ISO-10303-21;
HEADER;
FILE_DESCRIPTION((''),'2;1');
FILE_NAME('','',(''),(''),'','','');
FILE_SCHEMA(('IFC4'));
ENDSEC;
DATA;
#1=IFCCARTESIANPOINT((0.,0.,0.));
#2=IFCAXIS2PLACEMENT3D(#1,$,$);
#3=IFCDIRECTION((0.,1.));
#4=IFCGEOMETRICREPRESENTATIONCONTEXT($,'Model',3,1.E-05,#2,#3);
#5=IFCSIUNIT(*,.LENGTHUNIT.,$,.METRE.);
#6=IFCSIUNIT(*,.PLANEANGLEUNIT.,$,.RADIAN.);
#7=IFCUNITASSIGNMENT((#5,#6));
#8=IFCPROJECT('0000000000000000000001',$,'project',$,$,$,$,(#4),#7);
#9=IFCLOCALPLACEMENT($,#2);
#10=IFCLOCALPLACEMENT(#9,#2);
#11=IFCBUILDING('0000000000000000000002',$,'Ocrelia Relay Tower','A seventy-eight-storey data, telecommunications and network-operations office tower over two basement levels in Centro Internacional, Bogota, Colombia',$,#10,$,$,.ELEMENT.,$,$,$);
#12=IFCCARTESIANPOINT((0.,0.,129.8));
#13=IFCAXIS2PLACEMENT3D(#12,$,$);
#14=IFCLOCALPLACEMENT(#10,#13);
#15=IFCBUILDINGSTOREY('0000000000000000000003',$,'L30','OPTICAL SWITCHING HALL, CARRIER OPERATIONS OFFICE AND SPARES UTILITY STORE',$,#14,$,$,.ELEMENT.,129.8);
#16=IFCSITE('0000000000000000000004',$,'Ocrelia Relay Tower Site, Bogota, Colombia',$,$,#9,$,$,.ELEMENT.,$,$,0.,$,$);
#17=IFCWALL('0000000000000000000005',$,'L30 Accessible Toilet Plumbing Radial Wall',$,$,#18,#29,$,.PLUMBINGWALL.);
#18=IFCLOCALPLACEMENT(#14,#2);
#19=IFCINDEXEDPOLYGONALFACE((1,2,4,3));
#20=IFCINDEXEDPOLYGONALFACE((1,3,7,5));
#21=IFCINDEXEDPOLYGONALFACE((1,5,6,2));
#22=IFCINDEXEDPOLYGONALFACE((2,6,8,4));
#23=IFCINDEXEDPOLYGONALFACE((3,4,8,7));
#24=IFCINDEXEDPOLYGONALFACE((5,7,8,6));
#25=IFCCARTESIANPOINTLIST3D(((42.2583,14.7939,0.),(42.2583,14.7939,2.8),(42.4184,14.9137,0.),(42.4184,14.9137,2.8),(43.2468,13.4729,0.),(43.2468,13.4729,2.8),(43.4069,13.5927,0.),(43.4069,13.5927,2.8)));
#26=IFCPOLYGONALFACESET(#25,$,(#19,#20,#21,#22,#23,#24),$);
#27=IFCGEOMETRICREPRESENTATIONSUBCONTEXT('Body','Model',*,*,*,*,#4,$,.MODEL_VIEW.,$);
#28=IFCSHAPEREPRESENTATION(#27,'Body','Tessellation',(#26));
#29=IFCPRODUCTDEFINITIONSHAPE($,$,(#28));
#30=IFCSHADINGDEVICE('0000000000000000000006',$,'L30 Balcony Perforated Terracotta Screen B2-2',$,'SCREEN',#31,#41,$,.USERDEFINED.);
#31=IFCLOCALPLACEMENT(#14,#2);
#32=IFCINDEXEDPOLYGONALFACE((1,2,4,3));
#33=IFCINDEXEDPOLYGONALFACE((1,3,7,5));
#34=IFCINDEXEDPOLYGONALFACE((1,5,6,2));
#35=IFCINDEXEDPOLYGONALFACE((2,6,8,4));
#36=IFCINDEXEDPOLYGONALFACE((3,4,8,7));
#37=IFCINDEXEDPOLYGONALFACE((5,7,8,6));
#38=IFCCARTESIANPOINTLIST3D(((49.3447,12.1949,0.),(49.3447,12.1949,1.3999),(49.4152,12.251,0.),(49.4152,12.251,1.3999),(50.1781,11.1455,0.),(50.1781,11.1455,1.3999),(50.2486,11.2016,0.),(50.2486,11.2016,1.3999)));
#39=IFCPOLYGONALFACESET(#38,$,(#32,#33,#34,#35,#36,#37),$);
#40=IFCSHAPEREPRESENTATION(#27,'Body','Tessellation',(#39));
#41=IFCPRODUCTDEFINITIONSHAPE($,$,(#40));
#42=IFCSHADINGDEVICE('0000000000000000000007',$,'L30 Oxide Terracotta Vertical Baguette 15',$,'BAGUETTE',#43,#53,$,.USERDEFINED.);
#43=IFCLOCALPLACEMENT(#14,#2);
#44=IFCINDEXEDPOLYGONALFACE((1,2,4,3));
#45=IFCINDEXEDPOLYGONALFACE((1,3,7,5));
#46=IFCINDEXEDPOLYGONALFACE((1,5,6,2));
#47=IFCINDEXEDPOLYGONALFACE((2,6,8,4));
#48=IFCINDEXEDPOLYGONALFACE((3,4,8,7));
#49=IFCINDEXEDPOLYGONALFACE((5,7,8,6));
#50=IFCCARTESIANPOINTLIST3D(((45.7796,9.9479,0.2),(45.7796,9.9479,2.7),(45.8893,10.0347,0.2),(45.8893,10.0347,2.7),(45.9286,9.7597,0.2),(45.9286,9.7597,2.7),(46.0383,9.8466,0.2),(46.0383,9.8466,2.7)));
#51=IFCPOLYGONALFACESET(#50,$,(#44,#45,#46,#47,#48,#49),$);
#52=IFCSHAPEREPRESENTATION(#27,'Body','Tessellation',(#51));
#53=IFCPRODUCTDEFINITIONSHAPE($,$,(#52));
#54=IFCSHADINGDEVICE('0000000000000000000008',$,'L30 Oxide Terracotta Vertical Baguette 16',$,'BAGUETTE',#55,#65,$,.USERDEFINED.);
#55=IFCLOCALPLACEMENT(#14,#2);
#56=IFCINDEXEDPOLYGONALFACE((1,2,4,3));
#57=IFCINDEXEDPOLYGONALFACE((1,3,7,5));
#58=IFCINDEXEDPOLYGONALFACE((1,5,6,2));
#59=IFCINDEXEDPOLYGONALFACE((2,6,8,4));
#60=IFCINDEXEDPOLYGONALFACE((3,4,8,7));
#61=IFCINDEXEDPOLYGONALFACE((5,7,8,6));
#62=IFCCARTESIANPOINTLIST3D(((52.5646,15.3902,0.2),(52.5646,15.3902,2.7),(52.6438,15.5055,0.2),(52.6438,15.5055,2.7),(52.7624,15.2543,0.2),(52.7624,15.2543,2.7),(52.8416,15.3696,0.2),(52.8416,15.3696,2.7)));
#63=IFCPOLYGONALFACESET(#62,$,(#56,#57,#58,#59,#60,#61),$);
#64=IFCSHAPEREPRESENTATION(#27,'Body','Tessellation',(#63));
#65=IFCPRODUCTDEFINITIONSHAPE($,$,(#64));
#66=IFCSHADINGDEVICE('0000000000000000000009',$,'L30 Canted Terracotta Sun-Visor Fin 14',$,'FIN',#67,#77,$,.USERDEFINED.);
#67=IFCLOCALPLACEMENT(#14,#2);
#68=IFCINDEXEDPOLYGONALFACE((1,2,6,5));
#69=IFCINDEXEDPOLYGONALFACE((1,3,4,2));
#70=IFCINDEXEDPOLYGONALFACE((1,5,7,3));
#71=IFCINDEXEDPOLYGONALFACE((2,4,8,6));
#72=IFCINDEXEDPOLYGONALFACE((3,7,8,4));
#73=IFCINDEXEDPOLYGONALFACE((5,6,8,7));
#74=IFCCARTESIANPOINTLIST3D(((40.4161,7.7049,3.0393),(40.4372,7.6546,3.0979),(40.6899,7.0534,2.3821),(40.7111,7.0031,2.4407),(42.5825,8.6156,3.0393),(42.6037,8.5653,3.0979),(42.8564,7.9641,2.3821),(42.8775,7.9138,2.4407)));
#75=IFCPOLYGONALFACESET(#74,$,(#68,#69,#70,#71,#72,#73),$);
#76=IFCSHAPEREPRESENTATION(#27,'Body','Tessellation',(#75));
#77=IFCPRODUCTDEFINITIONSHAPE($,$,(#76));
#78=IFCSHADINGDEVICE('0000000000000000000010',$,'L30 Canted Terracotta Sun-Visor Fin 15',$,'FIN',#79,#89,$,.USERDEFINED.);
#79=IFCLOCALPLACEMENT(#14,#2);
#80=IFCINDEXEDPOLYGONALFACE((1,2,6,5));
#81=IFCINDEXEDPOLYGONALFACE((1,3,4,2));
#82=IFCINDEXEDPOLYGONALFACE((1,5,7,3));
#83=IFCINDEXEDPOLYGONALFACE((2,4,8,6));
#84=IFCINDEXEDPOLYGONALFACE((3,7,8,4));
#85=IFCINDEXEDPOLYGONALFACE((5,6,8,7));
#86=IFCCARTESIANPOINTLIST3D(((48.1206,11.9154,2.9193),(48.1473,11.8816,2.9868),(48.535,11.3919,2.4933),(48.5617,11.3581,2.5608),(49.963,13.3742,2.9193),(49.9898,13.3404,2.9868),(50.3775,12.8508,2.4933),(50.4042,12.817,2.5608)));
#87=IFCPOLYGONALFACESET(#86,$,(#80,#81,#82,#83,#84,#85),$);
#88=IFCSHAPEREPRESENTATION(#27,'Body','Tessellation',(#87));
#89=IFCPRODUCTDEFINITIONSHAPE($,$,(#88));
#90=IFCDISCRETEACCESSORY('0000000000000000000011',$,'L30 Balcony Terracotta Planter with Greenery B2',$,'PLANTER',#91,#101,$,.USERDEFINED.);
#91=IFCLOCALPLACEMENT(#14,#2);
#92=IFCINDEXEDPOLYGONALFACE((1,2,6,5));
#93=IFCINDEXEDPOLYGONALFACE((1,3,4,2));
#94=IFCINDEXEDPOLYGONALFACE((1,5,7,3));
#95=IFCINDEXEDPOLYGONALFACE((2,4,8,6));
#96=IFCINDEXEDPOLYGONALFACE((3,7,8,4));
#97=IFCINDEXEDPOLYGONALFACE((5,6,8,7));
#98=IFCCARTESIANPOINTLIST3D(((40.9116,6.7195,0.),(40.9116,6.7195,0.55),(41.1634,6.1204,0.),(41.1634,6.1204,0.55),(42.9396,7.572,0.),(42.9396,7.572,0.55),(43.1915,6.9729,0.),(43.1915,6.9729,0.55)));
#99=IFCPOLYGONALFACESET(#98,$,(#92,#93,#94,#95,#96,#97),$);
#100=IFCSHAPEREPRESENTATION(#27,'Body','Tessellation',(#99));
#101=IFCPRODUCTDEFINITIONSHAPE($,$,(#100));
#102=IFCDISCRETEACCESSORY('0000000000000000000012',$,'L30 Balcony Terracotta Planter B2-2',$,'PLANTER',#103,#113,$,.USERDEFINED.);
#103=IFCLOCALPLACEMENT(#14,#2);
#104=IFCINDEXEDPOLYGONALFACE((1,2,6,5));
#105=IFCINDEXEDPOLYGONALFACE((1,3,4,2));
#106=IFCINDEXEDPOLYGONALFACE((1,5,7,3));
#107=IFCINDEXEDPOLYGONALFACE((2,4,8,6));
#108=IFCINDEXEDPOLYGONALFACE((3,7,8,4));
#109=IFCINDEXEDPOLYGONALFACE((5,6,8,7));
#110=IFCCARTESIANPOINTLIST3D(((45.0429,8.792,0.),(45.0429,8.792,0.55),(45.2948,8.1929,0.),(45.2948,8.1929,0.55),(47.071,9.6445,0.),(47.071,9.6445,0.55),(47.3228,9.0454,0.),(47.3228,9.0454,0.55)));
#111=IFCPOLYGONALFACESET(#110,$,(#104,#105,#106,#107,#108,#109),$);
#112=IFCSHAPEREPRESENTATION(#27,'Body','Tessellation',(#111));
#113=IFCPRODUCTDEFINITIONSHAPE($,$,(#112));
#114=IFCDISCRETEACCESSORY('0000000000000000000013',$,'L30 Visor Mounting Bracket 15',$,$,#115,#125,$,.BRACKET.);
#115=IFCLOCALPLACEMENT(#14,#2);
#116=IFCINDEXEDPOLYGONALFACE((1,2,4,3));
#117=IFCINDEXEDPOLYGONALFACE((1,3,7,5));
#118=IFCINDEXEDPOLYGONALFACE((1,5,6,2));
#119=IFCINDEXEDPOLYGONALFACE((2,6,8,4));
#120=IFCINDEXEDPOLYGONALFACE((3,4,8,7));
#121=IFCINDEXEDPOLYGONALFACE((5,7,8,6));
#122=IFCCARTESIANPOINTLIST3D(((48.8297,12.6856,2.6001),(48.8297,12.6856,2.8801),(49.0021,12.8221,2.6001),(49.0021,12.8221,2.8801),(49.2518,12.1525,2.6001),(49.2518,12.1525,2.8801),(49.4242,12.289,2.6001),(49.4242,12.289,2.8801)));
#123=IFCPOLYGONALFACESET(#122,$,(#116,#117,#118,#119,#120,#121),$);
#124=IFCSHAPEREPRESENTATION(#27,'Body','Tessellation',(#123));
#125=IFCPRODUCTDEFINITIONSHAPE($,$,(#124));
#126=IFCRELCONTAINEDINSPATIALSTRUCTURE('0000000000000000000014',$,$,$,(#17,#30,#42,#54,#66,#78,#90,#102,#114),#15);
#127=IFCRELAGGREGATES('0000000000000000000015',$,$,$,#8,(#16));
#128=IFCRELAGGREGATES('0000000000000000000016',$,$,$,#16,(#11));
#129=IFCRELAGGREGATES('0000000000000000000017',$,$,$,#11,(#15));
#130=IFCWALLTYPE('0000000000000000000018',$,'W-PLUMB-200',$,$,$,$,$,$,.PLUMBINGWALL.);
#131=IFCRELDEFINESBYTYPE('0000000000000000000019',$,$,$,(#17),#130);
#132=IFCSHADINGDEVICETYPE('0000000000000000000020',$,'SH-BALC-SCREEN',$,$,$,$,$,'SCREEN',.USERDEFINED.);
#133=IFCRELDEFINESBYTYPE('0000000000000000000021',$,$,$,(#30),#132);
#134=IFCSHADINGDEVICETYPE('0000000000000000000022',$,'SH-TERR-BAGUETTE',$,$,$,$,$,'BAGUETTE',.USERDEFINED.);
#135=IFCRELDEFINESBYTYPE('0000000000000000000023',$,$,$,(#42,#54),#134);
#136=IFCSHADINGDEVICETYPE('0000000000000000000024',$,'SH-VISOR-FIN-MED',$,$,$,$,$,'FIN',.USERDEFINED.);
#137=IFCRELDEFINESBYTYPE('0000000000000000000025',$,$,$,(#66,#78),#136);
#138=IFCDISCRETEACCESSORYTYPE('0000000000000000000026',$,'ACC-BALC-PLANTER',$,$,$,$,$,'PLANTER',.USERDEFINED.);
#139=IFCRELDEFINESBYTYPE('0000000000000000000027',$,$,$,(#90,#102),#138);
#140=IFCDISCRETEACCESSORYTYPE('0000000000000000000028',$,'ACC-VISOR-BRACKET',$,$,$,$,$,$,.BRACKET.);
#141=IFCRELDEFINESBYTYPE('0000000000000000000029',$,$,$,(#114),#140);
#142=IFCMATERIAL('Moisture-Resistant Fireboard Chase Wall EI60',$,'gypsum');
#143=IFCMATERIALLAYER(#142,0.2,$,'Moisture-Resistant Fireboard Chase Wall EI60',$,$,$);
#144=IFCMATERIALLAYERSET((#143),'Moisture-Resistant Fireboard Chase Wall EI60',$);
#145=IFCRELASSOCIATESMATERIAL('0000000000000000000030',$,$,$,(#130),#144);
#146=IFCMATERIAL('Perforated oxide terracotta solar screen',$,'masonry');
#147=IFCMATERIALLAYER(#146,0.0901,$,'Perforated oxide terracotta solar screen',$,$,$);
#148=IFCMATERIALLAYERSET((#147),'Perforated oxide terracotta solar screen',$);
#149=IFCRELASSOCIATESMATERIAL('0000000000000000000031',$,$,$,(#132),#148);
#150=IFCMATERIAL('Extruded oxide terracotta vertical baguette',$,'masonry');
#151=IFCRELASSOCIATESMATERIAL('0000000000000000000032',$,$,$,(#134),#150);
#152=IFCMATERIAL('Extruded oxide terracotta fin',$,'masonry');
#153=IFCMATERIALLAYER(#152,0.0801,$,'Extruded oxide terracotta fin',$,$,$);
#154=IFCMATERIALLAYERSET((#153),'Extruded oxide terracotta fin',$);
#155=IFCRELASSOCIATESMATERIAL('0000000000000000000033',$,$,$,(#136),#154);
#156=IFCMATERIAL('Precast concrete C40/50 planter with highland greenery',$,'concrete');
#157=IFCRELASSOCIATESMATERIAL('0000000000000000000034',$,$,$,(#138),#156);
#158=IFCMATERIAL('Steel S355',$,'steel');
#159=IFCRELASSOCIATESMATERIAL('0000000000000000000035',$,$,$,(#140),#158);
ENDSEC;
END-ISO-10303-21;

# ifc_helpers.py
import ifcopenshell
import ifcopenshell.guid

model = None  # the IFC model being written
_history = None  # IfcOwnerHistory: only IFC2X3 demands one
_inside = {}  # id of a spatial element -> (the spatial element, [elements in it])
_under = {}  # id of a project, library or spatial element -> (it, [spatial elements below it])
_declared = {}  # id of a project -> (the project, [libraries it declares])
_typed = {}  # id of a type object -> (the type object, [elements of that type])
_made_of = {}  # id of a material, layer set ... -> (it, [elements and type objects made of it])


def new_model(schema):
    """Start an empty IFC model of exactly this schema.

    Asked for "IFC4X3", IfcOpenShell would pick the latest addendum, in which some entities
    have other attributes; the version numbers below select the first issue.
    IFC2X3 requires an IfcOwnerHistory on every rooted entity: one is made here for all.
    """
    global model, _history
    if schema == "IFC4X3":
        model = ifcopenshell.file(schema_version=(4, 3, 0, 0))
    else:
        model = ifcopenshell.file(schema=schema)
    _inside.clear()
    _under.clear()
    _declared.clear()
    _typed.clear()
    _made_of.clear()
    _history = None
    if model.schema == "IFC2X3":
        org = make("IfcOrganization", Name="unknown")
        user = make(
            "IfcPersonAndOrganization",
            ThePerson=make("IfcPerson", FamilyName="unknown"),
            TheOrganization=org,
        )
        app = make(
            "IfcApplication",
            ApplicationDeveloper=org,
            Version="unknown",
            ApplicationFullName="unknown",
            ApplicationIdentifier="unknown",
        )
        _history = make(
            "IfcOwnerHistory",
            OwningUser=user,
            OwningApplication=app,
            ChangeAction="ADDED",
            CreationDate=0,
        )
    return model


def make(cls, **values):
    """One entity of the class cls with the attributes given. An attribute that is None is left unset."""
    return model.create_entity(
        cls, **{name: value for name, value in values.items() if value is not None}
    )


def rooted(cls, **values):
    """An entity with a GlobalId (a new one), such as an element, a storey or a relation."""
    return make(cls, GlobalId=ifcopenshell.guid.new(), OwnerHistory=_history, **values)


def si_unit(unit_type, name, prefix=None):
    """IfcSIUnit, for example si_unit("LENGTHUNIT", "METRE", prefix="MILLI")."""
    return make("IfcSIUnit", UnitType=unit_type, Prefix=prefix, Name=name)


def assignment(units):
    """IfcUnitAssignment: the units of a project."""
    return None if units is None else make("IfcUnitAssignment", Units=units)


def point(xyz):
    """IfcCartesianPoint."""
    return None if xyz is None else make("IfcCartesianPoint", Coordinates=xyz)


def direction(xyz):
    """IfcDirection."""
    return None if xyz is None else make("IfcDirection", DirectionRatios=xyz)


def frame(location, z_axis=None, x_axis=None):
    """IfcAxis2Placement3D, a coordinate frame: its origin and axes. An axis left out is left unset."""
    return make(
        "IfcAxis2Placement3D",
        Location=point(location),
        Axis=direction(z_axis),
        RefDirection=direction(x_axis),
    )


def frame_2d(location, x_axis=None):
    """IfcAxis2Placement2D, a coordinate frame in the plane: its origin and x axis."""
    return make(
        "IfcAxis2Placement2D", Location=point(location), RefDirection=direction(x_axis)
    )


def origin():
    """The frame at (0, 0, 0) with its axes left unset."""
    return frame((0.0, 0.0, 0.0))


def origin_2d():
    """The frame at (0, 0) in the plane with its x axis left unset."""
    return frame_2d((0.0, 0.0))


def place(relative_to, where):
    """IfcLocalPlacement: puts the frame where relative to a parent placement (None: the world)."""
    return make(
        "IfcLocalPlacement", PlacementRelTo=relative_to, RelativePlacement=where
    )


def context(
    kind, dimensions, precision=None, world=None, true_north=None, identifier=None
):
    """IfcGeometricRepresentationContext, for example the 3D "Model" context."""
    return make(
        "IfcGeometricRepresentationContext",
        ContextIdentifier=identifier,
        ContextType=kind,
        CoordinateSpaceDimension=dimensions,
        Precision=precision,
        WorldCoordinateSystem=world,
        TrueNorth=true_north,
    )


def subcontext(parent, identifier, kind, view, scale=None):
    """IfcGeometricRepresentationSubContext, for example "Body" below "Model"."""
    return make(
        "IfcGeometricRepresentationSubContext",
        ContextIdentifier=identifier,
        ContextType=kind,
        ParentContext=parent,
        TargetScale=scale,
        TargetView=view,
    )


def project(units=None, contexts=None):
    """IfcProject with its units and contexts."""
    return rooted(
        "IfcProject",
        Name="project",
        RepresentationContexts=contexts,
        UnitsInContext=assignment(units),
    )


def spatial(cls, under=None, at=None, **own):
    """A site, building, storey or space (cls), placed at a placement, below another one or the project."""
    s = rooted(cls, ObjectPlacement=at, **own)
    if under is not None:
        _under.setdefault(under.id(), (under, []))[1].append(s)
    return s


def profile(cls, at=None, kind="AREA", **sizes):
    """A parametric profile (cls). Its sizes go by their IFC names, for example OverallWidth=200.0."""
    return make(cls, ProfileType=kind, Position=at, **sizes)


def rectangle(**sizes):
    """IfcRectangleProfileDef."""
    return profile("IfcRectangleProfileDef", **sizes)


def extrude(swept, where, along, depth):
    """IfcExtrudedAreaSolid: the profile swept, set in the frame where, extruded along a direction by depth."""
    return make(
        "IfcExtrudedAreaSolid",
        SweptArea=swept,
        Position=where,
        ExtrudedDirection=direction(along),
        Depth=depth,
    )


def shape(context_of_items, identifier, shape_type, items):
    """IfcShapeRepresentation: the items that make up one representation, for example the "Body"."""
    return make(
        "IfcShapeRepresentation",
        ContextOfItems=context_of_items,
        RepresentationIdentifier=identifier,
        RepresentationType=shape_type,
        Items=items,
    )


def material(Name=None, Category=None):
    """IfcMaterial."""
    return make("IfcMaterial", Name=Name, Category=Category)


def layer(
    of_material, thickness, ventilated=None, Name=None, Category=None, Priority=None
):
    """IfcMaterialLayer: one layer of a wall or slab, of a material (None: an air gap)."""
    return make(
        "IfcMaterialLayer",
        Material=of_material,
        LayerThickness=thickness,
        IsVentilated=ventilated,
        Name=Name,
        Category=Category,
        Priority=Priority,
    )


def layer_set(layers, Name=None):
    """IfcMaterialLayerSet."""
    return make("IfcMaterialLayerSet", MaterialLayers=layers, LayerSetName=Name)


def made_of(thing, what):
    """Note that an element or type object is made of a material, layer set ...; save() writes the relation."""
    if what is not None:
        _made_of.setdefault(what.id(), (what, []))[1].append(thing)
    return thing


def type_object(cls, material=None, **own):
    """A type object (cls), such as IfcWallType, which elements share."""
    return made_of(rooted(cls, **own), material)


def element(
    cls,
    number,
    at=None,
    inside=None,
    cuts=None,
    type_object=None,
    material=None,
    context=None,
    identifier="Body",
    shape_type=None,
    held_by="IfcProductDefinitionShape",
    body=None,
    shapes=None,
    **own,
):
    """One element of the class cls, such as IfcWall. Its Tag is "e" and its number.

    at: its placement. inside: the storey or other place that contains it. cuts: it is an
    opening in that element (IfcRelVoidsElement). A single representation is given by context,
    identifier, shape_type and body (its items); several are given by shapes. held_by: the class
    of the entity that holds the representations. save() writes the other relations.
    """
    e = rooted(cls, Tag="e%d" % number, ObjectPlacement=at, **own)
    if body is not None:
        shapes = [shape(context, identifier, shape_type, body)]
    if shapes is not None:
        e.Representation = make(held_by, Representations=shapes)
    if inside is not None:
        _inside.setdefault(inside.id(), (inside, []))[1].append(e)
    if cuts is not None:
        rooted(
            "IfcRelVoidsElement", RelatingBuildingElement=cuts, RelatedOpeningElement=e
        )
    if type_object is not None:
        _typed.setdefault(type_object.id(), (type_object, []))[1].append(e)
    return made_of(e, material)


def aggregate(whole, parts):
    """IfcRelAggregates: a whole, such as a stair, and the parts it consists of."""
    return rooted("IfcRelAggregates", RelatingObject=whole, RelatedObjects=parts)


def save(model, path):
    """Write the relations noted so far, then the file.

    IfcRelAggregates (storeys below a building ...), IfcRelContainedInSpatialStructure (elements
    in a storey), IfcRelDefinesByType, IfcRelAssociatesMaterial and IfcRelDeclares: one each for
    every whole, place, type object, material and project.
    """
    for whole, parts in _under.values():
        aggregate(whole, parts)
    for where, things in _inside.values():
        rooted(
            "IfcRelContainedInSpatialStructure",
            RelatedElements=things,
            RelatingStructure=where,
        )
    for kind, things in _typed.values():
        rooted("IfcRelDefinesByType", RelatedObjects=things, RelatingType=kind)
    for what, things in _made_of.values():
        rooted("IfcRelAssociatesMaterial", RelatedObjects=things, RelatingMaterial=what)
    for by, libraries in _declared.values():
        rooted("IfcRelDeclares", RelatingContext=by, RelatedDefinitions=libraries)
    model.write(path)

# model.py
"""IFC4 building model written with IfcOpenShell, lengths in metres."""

from ifc_helpers import new_model, si_unit, direction, frame, frame_2d, origin, origin_2d, place, context, subcontext, project, spatial, rectangle, extrude, material, layer, layer_set, type_object, element, save


model = new_model("IFC4")

# Units and contexts
model_context = context("Model", 3, precision=1e-05, world=origin(), true_north=direction((0.0, 1.0)))
body_context = subcontext(model_context, "Body", "Model", "MODEL_VIEW")
ifc_project = project(units=[si_unit("LENGTHUNIT", "METRE"), si_unit("PLANEANGLEUNIT", "RADIAN")], contexts=[model_context])

# Site, building, storey
site_placement = place(None, origin())
site = spatial("IfcSite", under=ifc_project, at=site_placement, Name="Ocrelia Relay Tower Site, Bogota, Colombia", CompositionType="ELEMENT", RefElevation=0.0)
building_placement = place(site_placement, origin())
building = spatial("IfcBuilding", under=site, at=building_placement, Name="Ocrelia Relay Tower", Description="A seventy-eight-storey data, telecommunications and network-operations office tower over two basement levels in Centro Internacional, Bogota, Colombia", CompositionType="ELEMENT")
storey_placement = place(building_placement, frame((0.0, 0.0, 129.8)))
storey = spatial("IfcBuildingStorey", under=building, at=storey_placement, Name="L30", Description="OPTICAL SWITCHING HALL, CARRIER OPERATIONS OFFICE AND SPARES UTILITY STORE", CompositionType="ELEMENT", Elevation=129.8)

# Shared definitions
ifc_material_1 = material(Name="Steel S355", Category="steel")

# Wall
ifc_material_2 = material(Name="Moisture-Resistant Fireboard Chase Wall EI60", Category="gypsum")
ifc_layer_1 = layer(ifc_material_2, 0.2, Name="Moisture-Resistant Fireboard Chase Wall EI60")
ifc_layer_set_1 = layer_set([ifc_layer_1], Name="Moisture-Resistant Fireboard Chase Wall EI60")
wall_type_1 = type_object("IfcWallType", Name="W-PLUMB-200", PredefinedType="PLUMBINGWALL", material=ifc_layer_set_1)
wall_1_placement = place(storey_placement, frame((42.3384, 14.8538, 0.0), z_axis=(0.0, 0.0, 1.0), x_axis=(0.599124, -0.800656, 0.0)))
element("IfcWall", 1, at=wall_1_placement, inside=storey, type_object=wall_type_1, Name="L30 Accessible Toilet Plumbing Radial Wall", PredefinedType="PLUMBINGWALL", context=body_context, shape_type="SweptSolid", body=[
    extrude(rectangle(XDim=1.6499, YDim=0.2, at=frame_2d((0.825, 0.0))), origin(), (0.0, 0.0, 1.0), 2.8),
])

# Shading devices
ifc_material_3 = material(Name="Perforated oxide terracotta solar screen", Category="masonry")
ifc_layer_2 = layer(ifc_material_3, 0.0901, Name="Perforated oxide terracotta solar screen")
ifc_layer_set_2 = layer_set([ifc_layer_2], Name="Perforated oxide terracotta solar screen")
shading_device_type_1 = type_object("IfcShadingDeviceType", Name="SH-BALC-SCREEN", ElementType="SCREEN", PredefinedType="USERDEFINED", material=ifc_layer_set_2)
shading_device_1_placement = place(storey_placement, frame((49.7966, 11.6982, 0.0), z_axis=(0.0, 0.0, 1.0), x_axis=(0.621908, -0.78309, 0.0)))
element("IfcShadingDevice", 2, at=shading_device_1_placement, inside=storey, type_object=shading_device_type_1, Name="L30 Balcony Perforated Terracotta Screen B2-2", ObjectType="SCREEN", PredefinedType="USERDEFINED", context=body_context, shape_type="SweptSolid", body=[
    extrude(rectangle(XDim=1.3401, YDim=0.0901, at=origin_2d()), origin(), (0.0, 0.0, 1.0), 1.3999),
])
ifc_material_4 = material(Name="Extruded oxide terracotta vertical baguette", Category="masonry")
shading_device_type_2 = type_object("IfcShadingDeviceType", Name="SH-TERR-BAGUETTE", ElementType="BAGUETTE", PredefinedType="USERDEFINED", material=ifc_material_4)
for number, where, z_axis, x_axis, name in (
    (3, (45.9089, 9.8972, 0.2), (0.0, 0.0, 1.0), (0.784002, 0.620758, 0.0), "L30 Oxide Terracotta Vertical Baguette 15"),
    (4, (52.7031, 15.3799, 0.2), (0.0, 0.0, 1.0), (0.566147, 0.824304, 0.0), "L30 Oxide Terracotta Vertical Baguette 16"),
):
    element("IfcShadingDevice", number, at=place(storey_placement, frame(where, z_axis=z_axis, x_axis=x_axis)), inside=storey, type_object=shading_device_type_2, Name=name, ObjectType="BAGUETTE", PredefinedType="USERDEFINED", context=body_context, shape_type="SweptSolid", body=[
        extrude(rectangle(XDim=0.1399, YDim=0.24, at=origin_2d()), origin(), (0.0, 0.0, 1.0), 2.5),
    ])
ifc_material_5 = material(Name="Extruded oxide terracotta fin", Category="masonry")
ifc_layer_3 = layer(ifc_material_5, 0.0801, Name="Extruded oxide terracotta fin")
ifc_layer_set_3 = layer_set([ifc_layer_3], Name="Extruded oxide terracotta fin")
shading_device_type_3 = type_object("IfcShadingDeviceType", Name="SH-VISOR-FIN-MED", ElementType="FIN", PredefinedType="USERDEFINED", material=ifc_layer_set_3)
shading_device_2_placement = place(storey_placement, frame((41.6362, 7.8345, 2.7107), z_axis=(0.263888, -0.627768, 0.732305), x_axis=(0.921864, 0.387513, 0.0)))
element("IfcShadingDevice", 5, at=shading_device_2_placement, inside=storey, type_object=shading_device_type_3, Name="L30 Canted Terracotta Sun-Visor Fin 14", ObjectType="FIN", PredefinedType="USERDEFINED", context=body_context, shape_type="SweptSolid", body=[
    extrude(rectangle(XDim=2.3501, YDim=0.9651, at=origin_2d()), origin(), (0.0, 0.0, 1.0), 0.0801),
])
shading_device_3_placement = place(storey_placement, frame((49.249, 12.3831, 2.7063), z_axis=(0.333899, -0.421705, 0.843016), x_axis=(0.784002, 0.620758, 0.0)))
element("IfcShadingDevice", 6, at=shading_device_3_placement, inside=storey, type_object=shading_device_type_3, Name="L30 Canted Terracotta Sun-Visor Fin 15", ObjectType="FIN", PredefinedType="USERDEFINED", context=body_context, shape_type="SweptSolid", body=[
    extrude(rectangle(XDim=2.3501, YDim=0.792, at=origin_2d()), origin(), (0.0, 0.0, 1.0), 0.0801),
])

# Discrete accessories
ifc_material_6 = material(Name="Precast concrete C40/50 planter with highland greenery", Category="concrete")
discrete_accessory_type_1 = type_object("IfcDiscreteAccessoryType", Name="ACC-BALC-PLANTER", ElementType="PLANTER", PredefinedType="USERDEFINED", material=ifc_material_6)
for number, where, z_axis, x_axis, name in (
    (7, (42.0515, 6.8462, 0.0), (0.0, 0.0, 1.0), (-0.921864, -0.387514, 0.0), "L30 Balcony Terracotta Planter with Greenery B2"),
    (8, (46.1829, 8.9187, 0.0), (0.0, 0.0, 1.0), (-0.921864, -0.387514, 0.0), "L30 Balcony Terracotta Planter B2-2"),
):
    element("IfcDiscreteAccessory", number, at=place(storey_placement, frame(where, z_axis=z_axis, x_axis=x_axis)), inside=storey, type_object=discrete_accessory_type_1, Name=name, ObjectType="PLANTER", PredefinedType="USERDEFINED", context=body_context, shape_type="SweptSolid", body=[
        extrude(rectangle(XDim=2.2, YDim=0.6499, at=origin_2d()), origin(), (0.0, 0.0, 1.0), 0.55),
    ])
discrete_accessory_type_2 = type_object("IfcDiscreteAccessoryType", Name="ACC-VISOR-BRACKET", PredefinedType="BRACKET", material=ifc_material_1)
discrete_accessory_placement = place(storey_placement, frame((49.127, 12.4873, 2.6001), z_axis=(0.0, 0.0, 1.0), x_axis=(0.784002, 0.620758, 0.0)))
element("IfcDiscreteAccessory", 9, at=discrete_accessory_placement, inside=storey, type_object=discrete_accessory_type_2, Name="L30 Visor Mounting Bracket 15", PredefinedType="BRACKET", context=body_context, shape_type="SweptSolid", body=[
    extrude(rectangle(XDim=0.22, YDim=0.6799, at=origin_2d()), origin(), (0.0, 0.0, 1.0), 0.28),
])

save(model, "model.ifc")
